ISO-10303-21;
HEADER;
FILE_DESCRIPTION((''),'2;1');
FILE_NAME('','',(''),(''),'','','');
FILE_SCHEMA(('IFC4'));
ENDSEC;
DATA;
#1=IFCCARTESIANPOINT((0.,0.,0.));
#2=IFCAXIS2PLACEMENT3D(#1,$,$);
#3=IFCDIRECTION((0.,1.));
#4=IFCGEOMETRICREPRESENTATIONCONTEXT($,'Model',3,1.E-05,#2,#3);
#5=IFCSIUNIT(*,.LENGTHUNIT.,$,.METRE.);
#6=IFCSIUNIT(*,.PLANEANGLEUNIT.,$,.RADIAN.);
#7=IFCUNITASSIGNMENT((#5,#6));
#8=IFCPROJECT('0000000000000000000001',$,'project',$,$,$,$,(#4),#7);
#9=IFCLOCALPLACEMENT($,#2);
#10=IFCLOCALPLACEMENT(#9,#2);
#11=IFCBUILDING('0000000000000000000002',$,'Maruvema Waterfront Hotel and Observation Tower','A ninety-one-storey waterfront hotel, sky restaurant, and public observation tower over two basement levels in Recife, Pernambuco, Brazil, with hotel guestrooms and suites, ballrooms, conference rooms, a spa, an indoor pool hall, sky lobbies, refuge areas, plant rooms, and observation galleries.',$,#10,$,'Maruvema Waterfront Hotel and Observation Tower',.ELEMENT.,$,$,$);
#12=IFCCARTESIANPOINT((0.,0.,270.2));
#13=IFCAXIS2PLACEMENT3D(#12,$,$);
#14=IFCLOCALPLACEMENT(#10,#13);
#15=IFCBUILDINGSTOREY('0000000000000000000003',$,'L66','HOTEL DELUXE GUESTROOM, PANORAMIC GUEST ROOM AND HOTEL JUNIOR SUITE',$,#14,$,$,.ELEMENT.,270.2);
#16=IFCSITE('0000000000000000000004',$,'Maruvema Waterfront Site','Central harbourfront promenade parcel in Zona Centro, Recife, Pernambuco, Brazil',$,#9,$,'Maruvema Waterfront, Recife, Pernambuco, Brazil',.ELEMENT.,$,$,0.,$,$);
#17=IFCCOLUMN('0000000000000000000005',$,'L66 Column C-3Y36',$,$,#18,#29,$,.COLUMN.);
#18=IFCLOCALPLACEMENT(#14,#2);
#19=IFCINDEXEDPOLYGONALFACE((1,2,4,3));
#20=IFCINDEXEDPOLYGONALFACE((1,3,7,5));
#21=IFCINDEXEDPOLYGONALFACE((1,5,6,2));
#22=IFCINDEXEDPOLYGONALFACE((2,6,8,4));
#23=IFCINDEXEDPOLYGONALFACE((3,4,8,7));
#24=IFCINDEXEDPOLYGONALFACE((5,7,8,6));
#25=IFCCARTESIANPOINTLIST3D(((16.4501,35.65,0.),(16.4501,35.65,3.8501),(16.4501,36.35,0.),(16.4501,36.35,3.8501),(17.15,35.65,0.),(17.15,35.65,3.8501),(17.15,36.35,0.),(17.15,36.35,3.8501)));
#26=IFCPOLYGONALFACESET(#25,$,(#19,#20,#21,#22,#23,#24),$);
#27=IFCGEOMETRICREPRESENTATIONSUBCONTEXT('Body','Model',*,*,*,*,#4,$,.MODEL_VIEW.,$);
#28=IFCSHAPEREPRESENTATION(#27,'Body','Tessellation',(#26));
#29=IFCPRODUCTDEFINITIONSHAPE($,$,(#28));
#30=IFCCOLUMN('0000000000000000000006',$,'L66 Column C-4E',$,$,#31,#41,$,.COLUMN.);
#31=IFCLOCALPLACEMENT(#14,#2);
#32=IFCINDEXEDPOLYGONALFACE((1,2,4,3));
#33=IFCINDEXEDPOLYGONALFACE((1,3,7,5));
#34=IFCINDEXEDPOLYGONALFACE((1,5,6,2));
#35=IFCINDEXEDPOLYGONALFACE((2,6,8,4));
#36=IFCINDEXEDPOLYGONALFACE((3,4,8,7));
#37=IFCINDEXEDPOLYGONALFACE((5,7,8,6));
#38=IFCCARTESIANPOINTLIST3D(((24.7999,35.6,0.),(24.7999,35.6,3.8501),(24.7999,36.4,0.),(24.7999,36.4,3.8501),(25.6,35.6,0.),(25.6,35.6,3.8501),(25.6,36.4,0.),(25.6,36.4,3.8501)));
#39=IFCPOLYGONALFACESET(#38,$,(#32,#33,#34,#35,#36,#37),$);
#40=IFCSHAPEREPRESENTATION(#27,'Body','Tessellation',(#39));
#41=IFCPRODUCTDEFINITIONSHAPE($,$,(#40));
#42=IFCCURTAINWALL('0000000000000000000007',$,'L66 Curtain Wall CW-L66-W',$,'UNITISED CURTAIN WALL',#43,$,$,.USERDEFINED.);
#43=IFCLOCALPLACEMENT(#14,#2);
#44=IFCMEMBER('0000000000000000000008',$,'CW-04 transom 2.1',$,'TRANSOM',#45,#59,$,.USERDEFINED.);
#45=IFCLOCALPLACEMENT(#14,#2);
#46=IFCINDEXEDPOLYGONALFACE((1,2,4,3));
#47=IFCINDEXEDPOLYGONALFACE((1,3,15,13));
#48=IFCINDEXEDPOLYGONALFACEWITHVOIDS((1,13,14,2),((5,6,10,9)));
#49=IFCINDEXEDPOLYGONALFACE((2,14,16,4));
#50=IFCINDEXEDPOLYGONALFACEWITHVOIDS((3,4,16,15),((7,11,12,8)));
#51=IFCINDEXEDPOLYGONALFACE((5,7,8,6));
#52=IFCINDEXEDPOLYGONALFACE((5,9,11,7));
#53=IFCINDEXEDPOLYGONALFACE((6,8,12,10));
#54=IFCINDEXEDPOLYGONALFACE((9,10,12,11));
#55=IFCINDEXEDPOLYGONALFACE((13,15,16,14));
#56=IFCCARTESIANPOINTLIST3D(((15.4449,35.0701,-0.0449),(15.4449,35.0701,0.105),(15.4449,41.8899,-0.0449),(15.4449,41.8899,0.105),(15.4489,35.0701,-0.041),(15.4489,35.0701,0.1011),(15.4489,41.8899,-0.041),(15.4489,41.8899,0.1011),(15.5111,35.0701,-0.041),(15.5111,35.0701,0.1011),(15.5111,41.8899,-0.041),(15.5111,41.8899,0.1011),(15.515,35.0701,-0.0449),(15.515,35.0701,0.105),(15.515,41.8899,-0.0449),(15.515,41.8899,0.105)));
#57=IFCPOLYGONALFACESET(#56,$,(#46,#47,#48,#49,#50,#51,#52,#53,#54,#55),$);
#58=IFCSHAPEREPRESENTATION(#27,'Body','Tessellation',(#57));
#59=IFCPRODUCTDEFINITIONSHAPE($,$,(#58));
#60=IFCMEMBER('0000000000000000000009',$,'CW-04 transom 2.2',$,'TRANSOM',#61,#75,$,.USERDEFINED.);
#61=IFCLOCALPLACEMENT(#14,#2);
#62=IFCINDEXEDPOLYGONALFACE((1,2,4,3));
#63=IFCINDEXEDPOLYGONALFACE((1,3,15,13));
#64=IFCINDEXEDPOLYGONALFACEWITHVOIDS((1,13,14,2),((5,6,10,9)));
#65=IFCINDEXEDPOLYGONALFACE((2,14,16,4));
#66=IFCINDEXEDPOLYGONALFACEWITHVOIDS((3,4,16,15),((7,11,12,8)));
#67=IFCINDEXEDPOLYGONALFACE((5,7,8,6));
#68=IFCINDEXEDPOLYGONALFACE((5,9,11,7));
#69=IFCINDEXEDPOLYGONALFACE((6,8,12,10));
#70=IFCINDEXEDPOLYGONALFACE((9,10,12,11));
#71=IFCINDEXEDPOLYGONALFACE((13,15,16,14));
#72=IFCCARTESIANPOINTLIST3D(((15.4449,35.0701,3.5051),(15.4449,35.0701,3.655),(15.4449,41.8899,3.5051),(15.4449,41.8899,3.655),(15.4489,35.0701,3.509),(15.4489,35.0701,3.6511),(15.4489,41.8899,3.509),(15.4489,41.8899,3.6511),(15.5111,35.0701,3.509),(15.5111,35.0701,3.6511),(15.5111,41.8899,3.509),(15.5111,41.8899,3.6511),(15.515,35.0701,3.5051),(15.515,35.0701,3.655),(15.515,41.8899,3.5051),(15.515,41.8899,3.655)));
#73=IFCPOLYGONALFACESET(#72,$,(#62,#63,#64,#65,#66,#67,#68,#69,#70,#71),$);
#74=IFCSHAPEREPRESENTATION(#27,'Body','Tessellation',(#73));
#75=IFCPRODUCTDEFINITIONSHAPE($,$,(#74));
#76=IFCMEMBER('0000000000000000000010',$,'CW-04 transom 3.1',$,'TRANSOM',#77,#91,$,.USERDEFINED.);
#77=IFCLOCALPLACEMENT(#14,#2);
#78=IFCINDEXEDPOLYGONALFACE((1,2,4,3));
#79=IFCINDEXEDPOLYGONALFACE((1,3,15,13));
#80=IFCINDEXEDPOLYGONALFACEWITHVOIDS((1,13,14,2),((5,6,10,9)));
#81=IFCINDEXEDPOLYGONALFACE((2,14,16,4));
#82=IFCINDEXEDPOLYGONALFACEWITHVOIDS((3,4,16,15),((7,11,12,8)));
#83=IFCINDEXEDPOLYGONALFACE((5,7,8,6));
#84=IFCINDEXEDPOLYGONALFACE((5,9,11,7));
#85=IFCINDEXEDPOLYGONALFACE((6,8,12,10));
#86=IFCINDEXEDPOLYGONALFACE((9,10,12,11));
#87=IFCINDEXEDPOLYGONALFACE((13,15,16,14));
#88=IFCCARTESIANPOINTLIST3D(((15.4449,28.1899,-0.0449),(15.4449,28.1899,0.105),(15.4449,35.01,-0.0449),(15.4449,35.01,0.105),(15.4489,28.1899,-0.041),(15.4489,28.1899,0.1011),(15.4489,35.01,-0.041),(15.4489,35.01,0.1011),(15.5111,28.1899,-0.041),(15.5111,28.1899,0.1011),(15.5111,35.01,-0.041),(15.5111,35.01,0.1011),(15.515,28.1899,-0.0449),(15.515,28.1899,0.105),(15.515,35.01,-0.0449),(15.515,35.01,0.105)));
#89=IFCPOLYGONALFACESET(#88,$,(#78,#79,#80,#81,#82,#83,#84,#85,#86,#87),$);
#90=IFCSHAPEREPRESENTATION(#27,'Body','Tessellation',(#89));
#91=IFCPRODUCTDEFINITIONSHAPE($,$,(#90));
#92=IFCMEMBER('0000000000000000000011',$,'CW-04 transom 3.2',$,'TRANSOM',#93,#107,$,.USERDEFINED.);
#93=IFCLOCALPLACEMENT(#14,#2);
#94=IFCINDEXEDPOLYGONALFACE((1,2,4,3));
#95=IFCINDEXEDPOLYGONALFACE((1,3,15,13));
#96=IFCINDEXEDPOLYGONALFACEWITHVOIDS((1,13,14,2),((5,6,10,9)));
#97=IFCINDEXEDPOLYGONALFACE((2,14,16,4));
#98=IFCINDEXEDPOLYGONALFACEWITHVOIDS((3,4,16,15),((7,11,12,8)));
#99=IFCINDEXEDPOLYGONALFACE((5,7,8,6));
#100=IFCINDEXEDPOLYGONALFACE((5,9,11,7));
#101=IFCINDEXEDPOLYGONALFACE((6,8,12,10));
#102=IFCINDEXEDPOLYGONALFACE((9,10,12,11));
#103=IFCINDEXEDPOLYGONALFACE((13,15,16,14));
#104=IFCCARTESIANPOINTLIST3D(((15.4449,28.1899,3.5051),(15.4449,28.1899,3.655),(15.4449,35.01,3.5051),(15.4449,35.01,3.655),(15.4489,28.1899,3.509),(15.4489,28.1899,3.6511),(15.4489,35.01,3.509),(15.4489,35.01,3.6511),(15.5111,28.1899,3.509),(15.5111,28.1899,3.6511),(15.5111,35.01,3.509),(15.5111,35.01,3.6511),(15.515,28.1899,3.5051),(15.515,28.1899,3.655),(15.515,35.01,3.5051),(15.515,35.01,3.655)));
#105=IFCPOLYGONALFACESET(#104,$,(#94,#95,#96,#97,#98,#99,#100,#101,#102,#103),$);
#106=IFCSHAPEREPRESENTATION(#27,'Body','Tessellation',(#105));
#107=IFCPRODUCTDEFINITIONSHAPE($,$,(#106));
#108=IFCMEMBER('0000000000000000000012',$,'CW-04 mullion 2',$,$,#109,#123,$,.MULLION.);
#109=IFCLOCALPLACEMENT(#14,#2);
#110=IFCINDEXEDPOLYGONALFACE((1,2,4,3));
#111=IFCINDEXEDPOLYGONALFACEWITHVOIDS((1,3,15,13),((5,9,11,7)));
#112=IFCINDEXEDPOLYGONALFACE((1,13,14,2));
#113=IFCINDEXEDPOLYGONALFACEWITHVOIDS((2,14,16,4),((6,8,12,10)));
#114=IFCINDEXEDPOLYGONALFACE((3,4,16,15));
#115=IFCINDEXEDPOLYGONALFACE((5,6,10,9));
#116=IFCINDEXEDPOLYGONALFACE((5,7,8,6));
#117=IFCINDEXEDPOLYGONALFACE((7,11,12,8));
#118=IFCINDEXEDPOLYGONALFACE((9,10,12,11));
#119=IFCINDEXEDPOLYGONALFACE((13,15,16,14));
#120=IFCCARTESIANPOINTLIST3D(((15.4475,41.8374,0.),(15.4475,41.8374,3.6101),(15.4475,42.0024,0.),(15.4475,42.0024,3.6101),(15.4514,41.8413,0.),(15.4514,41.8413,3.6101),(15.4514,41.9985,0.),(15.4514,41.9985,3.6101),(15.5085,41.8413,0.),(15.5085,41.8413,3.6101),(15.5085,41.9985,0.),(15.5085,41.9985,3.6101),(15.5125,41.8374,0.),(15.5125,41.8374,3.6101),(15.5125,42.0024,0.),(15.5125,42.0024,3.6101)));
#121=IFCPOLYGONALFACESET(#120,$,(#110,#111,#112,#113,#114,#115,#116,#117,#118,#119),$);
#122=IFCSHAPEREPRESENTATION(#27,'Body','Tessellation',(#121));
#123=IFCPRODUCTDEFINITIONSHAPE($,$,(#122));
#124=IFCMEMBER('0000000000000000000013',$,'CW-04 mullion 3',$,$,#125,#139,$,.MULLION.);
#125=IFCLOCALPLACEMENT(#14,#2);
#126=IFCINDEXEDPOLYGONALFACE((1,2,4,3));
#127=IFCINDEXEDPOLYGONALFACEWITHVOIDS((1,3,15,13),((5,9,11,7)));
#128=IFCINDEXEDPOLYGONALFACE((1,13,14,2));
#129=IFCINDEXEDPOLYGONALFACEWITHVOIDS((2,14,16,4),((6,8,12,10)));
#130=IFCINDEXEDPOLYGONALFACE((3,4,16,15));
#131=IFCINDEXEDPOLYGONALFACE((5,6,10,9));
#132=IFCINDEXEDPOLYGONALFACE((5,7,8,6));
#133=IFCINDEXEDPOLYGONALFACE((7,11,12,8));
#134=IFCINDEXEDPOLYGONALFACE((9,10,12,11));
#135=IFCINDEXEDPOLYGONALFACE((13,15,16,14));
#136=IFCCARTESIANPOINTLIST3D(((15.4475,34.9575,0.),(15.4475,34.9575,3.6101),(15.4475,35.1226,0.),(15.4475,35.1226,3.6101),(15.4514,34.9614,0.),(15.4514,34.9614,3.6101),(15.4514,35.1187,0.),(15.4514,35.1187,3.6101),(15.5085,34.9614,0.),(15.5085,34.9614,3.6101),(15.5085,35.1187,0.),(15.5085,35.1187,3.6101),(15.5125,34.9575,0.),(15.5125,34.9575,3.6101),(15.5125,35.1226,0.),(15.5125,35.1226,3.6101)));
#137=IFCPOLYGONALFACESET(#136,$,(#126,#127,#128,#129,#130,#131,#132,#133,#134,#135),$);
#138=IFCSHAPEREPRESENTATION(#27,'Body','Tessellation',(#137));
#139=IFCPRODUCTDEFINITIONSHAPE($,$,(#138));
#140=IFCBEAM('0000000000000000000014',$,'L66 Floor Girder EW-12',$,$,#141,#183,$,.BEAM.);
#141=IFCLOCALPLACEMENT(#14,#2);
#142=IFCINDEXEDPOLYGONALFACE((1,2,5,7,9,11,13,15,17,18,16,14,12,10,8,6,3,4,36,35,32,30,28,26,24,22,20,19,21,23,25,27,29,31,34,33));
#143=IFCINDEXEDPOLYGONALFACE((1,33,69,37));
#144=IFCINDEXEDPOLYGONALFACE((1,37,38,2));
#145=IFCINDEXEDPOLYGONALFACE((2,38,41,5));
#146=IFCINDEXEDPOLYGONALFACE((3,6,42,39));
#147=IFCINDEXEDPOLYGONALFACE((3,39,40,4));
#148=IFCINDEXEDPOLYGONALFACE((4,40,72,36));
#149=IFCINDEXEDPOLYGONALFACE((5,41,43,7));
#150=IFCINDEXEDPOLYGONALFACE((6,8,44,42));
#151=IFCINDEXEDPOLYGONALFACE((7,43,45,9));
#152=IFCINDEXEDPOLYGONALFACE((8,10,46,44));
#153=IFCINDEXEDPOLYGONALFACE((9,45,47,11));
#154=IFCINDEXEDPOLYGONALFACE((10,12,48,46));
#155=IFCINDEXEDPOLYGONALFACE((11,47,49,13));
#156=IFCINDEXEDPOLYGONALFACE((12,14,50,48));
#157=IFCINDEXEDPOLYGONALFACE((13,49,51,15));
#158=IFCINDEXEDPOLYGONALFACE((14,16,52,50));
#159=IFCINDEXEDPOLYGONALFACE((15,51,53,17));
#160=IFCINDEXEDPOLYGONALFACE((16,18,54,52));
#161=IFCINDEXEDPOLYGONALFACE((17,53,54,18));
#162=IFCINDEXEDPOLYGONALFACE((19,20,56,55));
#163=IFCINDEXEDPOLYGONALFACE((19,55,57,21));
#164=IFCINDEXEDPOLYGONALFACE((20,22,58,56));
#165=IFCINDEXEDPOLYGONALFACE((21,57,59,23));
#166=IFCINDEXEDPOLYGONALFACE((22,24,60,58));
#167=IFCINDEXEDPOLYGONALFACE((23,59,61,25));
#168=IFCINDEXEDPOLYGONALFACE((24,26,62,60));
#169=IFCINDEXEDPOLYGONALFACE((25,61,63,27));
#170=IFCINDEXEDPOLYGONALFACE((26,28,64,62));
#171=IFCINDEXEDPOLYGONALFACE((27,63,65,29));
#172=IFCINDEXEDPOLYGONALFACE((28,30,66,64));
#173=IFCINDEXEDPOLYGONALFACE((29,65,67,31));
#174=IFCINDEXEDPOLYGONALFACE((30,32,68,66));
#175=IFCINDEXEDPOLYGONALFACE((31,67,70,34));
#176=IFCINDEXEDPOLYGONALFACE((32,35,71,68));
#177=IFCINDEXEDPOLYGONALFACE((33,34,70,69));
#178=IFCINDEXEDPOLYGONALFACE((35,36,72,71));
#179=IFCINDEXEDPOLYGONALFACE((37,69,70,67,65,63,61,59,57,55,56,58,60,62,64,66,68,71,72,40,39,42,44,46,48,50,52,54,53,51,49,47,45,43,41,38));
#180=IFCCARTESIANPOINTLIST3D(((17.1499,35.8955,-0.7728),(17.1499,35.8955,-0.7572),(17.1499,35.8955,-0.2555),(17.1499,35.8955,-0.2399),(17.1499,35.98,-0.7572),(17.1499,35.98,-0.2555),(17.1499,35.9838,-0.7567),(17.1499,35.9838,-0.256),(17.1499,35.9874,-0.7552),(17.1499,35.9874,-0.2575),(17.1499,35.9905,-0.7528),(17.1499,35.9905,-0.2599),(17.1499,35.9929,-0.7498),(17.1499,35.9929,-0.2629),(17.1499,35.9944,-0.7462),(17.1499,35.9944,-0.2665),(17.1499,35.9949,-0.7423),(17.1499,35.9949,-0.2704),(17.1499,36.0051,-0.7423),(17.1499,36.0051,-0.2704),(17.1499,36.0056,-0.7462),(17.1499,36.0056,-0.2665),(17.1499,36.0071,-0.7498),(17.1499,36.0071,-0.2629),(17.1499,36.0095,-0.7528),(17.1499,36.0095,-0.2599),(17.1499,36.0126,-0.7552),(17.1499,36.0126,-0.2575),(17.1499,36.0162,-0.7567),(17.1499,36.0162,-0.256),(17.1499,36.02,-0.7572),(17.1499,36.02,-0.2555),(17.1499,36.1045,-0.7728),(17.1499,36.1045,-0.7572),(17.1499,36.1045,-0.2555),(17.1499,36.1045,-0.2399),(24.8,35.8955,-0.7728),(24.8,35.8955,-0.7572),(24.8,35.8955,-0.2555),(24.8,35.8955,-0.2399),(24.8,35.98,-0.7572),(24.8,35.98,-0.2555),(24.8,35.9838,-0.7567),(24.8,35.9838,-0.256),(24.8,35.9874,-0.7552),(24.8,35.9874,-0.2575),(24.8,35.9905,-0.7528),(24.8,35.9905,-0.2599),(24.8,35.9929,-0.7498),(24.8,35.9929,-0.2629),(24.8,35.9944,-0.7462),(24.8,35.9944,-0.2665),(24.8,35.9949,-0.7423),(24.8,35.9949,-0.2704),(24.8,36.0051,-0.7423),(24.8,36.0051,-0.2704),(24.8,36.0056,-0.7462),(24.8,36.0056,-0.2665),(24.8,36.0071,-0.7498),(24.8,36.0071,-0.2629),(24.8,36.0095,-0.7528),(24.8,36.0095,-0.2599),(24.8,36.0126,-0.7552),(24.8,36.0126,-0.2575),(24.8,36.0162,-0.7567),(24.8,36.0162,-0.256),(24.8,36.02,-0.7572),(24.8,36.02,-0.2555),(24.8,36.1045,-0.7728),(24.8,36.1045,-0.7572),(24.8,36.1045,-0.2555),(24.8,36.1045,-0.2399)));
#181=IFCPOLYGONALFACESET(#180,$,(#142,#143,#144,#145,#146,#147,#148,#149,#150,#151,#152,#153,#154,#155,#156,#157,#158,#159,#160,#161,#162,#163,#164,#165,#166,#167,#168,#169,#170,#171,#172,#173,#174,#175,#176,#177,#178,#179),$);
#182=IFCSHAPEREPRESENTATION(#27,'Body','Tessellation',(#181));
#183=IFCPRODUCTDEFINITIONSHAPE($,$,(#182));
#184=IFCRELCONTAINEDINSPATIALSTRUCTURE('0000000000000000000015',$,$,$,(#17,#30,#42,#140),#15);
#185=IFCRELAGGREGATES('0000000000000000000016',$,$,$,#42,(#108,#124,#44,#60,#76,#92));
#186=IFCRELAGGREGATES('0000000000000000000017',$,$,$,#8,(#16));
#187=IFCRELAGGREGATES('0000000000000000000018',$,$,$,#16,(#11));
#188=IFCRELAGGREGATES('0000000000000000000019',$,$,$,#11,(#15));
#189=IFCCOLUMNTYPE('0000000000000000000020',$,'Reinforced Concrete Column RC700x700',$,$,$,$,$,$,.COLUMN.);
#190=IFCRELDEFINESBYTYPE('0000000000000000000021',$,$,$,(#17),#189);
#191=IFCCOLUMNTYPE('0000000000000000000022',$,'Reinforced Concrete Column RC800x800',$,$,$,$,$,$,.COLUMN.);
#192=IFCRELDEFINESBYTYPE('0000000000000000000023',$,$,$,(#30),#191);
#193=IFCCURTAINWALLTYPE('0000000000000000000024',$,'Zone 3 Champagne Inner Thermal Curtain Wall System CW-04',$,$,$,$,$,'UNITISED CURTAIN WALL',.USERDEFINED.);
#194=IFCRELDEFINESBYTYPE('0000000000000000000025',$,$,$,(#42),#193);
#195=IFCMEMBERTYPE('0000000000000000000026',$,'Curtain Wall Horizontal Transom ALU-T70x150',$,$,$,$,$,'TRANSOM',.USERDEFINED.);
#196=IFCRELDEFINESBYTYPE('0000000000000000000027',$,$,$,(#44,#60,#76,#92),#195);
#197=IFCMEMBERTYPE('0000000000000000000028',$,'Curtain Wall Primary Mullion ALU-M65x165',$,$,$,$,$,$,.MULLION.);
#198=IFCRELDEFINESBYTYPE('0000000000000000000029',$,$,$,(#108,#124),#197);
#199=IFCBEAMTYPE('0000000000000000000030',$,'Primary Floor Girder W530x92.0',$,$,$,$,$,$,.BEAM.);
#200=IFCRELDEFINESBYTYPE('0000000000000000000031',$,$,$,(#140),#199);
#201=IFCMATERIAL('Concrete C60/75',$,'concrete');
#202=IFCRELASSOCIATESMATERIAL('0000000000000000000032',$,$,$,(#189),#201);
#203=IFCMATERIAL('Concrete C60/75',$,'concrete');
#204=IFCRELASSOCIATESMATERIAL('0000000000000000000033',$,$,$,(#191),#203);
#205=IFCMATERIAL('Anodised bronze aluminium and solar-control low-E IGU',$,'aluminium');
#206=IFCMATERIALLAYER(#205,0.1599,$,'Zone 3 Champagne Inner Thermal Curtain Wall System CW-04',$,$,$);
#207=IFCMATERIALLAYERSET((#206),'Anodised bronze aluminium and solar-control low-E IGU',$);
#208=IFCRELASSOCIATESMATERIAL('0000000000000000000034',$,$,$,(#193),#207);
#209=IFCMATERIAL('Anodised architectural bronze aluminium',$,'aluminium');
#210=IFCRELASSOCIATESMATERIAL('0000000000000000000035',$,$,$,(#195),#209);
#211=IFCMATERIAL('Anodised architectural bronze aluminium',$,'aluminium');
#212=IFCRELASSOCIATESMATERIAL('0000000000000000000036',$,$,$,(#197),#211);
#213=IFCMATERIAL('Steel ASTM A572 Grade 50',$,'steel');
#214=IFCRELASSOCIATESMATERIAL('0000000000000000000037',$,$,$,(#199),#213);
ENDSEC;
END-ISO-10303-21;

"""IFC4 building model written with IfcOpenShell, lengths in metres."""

from ifc_helpers import new_model, si_unit, direction, frame, origin, origin_2d, place, context, subcontext, project, spatial, rectangle, hollow_rectangle, i_section, extrude, material, layer, layer_set, material_profile, profile_set, type_object, element, aggregate, save


model = new_model("IFC4")

# Units and contexts
model_context = context("Model", 3, precision=1e-05, world=origin(), true_north=direction((0.0, 1.0)))
body_context = subcontext(model_context, "Body", "Model", "MODEL_VIEW")
ifc_project = project(units=[si_unit("LENGTHUNIT", "METRE"), si_unit("PLANEANGLEUNIT", "RADIAN")], contexts=[model_context])

# Site, building, storey
site_placement = place(None, origin())
site = spatial("IfcSite", under=ifc_project, at=site_placement, Name="Maruvema Waterfront Site", Description="Central harbourfront promenade parcel in Zona Centro, Recife, Pernambuco, Brazil", LongName="Maruvema Waterfront, Recife, Pernambuco, Brazil", CompositionType="ELEMENT", RefElevation=0.0)
building_placement = place(site_placement, origin())
building = spatial("IfcBuilding", under=site, at=building_placement, Name="Maruvema Waterfront Hotel and Observation Tower", Description="A ninety-one-storey waterfront hotel, sky restaurant, and public observation tower over two basement levels in Recife, Pernambuco, Brazil, with hotel guestrooms and suites, ballrooms, conference rooms, a spa, an indoor pool hall, sky lobbies, refuge areas, plant rooms, and observation galleries.", LongName="Maruvema Waterfront Hotel and Observation Tower", CompositionType="ELEMENT")
storey_placement = place(building_placement, frame((0.0, 0.0, 270.2)))
storey = spatial("IfcBuildingStorey", under=building, at=storey_placement, Name="L66", Description="HOTEL DELUXE GUESTROOM, PANORAMIC GUEST ROOM AND HOTEL JUNIOR SUITE", CompositionType="ELEMENT", Elevation=270.2)

# Columns
ifc_material_1 = material(Name="Concrete C60/75", Category="concrete")
ifc_material_profile_1 = material_profile(ifc_material_1, rectangle(XDim=0.7, YDim=0.7, at=origin_2d()), Name="RC700x700")
ifc_profile_set_1 = profile_set([ifc_material_profile_1], Name="Concrete C60/75")
column_type_1 = type_object("IfcColumnType", Name="Reinforced Concrete Column RC700x700", PredefinedType="COLUMN", material=ifc_profile_set_1)
column_1_placement = place(storey_placement, frame((16.8, 36.0, 0.0), z_axis=(0.0, 0.0, 1.0), x_axis=(1.0, 0.0, 0.0)))
element("IfcColumn", 1, at=column_1_placement, inside=storey, type_object=column_type_1, Name="L66 Column C-3Y36", PredefinedType="COLUMN", context=body_context, shape_type="SweptSolid", body=[
    extrude(rectangle(XDim=0.7, YDim=0.7, at=origin_2d()), origin(), (0.0, 0.0, 1.0), 3.8501),
])
ifc_material_2 = material(Name="Concrete C60/75", Category="concrete")
ifc_material_profile_2 = material_profile(ifc_material_2, rectangle(XDim=0.8, YDim=0.8, at=origin_2d()), Name="RC800x800")
ifc_profile_set_2 = profile_set([ifc_material_profile_2], Name="Concrete C60/75")
column_type_2 = type_object("IfcColumnType", Name="Reinforced Concrete Column RC800x800", PredefinedType="COLUMN", material=ifc_profile_set_2)
column_2_placement = place(storey_placement, frame((25.2, 36.0, 0.0), z_axis=(0.0, 0.0, 1.0), x_axis=(1.0, 0.0, 0.0)))
element("IfcColumn", 2, at=column_2_placement, inside=storey, type_object=column_type_2, Name="L66 Column C-4E", PredefinedType="COLUMN", context=body_context, shape_type="SweptSolid", body=[
    extrude(rectangle(XDim=0.8, YDim=0.8, at=origin_2d()), origin(), (0.0, 0.0, 1.0), 3.8501),
])

# Curtain wall, members
ifc_material_3 = material(Name="Anodised bronze aluminium and solar-control low-E IGU", Category="aluminium")
ifc_layer_1 = layer(ifc_material_3, 0.1599, Name="Zone 3 Champagne Inner Thermal Curtain Wall System CW-04")
ifc_layer_set_1 = layer_set([ifc_layer_1], Name="Anodised bronze aluminium and solar-control low-E IGU")
curtain_wall_type = type_object("IfcCurtainWallType", Name="Zone 3 Champagne Inner Thermal Curtain Wall System CW-04", ElementType="UNITISED CURTAIN WALL", PredefinedType="USERDEFINED", material=ifc_layer_set_1)
curtain_wall_placement = place(storey_placement, origin())
curtain_wall = element("IfcCurtainWall", 3, at=curtain_wall_placement, inside=storey, type_object=curtain_wall_type, Name="L66 Curtain Wall CW-L66-W", ObjectType="UNITISED CURTAIN WALL", PredefinedType="USERDEFINED")
ifc_material_4 = material(Name="Anodised architectural bronze aluminium", Category="aluminium")
ifc_material_profile_3 = material_profile(ifc_material_4, hollow_rectangle(XDim=0.0701, YDim=0.1499, WallThickness=0.0039, at=origin_2d()), Name="ALU-T70x150")
ifc_profile_set_3 = profile_set([ifc_material_profile_3], Name="Anodised architectural bronze aluminium")
member_type_1 = type_object("IfcMemberType", Name="Curtain Wall Horizontal Transom ALU-T70x150", ElementType="TRANSOM", PredefinedType="USERDEFINED", material=ifc_profile_set_3)
member_1_placement = place(storey_placement, frame((15.48, 41.8899, 0.03), z_axis=(0.0, -1.0, 0.0), x_axis=(1.0, 0.0, 0.0)))
member_1 = element("IfcMember", 4, at=member_1_placement, type_object=member_type_1, Name="CW-04 transom 2.1", ObjectType="TRANSOM", PredefinedType="USERDEFINED", context=body_context, shape_type="SweptSolid", body=[
    extrude(hollow_rectangle(XDim=0.0701, YDim=0.1499, WallThickness=0.0039, at=origin_2d()), origin(), (0.0, 0.0, 1.0), 6.8198),
])
member_2_placement = place(storey_placement, frame((15.48, 41.8899, 3.5801), z_axis=(0.0, -1.0, 0.0), x_axis=(1.0, 0.0, 0.0)))
member_2 = element("IfcMember", 5, at=member_2_placement, type_object=member_type_1, Name="CW-04 transom 2.2", ObjectType="TRANSOM", PredefinedType="USERDEFINED", context=body_context, shape_type="SweptSolid", body=[
    extrude(hollow_rectangle(XDim=0.0701, YDim=0.1499, WallThickness=0.0039, at=origin_2d()), origin(), (0.0, 0.0, 1.0), 6.8198),
])
member_3_placement = place(storey_placement, frame((15.48, 35.01, 0.03), z_axis=(0.0, -1.0, 0.0), x_axis=(1.0, 0.0, 0.0)))
member_3 = element("IfcMember", 6, at=member_3_placement, type_object=member_type_1, Name="CW-04 transom 3.1", ObjectType="TRANSOM", PredefinedType="USERDEFINED", context=body_context, shape_type="SweptSolid", body=[
    extrude(hollow_rectangle(XDim=0.0701, YDim=0.1499, WallThickness=0.0039, at=origin_2d()), origin(), (0.0, 0.0, 1.0), 6.8201),
])
member_4_placement = place(storey_placement, frame((15.48, 35.01, 3.5801), z_axis=(0.0, -1.0, 0.0), x_axis=(1.0, 0.0, 0.0)))
member_4 = element("IfcMember", 7, at=member_4_placement, type_object=member_type_1, Name="CW-04 transom 3.2", ObjectType="TRANSOM", PredefinedType="USERDEFINED", context=body_context, shape_type="SweptSolid", body=[
    extrude(hollow_rectangle(XDim=0.0701, YDim=0.1499, WallThickness=0.0039, at=origin_2d()), origin(), (0.0, 0.0, 1.0), 6.8201),
])
ifc_material_5 = material(Name="Anodised architectural bronze aluminium", Category="aluminium")
ifc_material_profile_4 = material_profile(ifc_material_5, hollow_rectangle(XDim=0.0649, YDim=0.165, WallThickness=0.0039, at=origin_2d()), Name="ALU-M65x165")
ifc_profile_set_4 = profile_set([ifc_material_profile_4], Name="Anodised architectural bronze aluminium")
member_type_2 = type_object("IfcMemberType", Name="Curtain Wall Primary Mullion ALU-M65x165", PredefinedType="MULLION", material=ifc_profile_set_4)
member_5_placement = place(storey_placement, frame((15.48, 41.9199, 0.0), z_axis=(0.0, 0.0, 1.0), x_axis=(1.0, 0.0, 0.0)))
member_5 = element("IfcMember", 8, at=member_5_placement, type_object=member_type_2, Name="CW-04 mullion 2", PredefinedType="MULLION", context=body_context, shape_type="SweptSolid", body=[
    extrude(hollow_rectangle(XDim=0.0649, YDim=0.165, WallThickness=0.0039, at=origin_2d()), origin(), (0.0, 0.0, 1.0), 3.6101),
])
member_6_placement = place(storey_placement, frame((15.48, 35.04, 0.0), z_axis=(0.0, 0.0, 1.0), x_axis=(1.0, 0.0, 0.0)))
member_6 = element("IfcMember", 9, at=member_6_placement, type_object=member_type_2, Name="CW-04 mullion 3", PredefinedType="MULLION", context=body_context, shape_type="SweptSolid", body=[
    extrude(hollow_rectangle(XDim=0.0649, YDim=0.165, WallThickness=0.0039, at=origin_2d()), origin(), (0.0, 0.0, 1.0), 3.6101),
])

# Beam
ifc_material_6 = material(Name="Steel ASTM A572 Grade 50", Category="steel")
ifc_material_profile_5 = material_profile(ifc_material_6, i_section(OverallWidth=0.209, OverallDepth=0.533, WebThickness=0.0103, FlangeThickness=0.0156, FilletRadius=0.0149, at=origin_2d()), Name="W530x92.0")
ifc_profile_set_5 = profile_set([ifc_material_profile_5], Name="Steel ASTM A572 Grade 50")
beam_type_1 = type_object("IfcBeamType", Name="Primary Floor Girder W530x92.0", PredefinedType="BEAM", material=ifc_profile_set_5)
beam_1_placement = place(storey_placement, frame((17.1499, 36.0, -0.5063), z_axis=(1.0, 0.0, 0.0), x_axis=(0.0, 1.0, 0.0)))
element("IfcBeam", 10, at=beam_1_placement, inside=storey, type_object=beam_type_1, Name="L66 Floor Girder EW-12", PredefinedType="BEAM", context=body_context, shape_type="SweptSolid", body=[
    extrude(i_section(OverallWidth=0.209, OverallDepth=0.533, WebThickness=0.0103, FlangeThickness=0.0156, FilletRadius=0.0149, at=origin_2d()), origin(), (0.0, 0.0, 1.0), 7.6501),
])

aggregate(curtain_wall, [member_5, member_6, member_1, member_2, member_3, member_4])

save(model, "model.ifc")
